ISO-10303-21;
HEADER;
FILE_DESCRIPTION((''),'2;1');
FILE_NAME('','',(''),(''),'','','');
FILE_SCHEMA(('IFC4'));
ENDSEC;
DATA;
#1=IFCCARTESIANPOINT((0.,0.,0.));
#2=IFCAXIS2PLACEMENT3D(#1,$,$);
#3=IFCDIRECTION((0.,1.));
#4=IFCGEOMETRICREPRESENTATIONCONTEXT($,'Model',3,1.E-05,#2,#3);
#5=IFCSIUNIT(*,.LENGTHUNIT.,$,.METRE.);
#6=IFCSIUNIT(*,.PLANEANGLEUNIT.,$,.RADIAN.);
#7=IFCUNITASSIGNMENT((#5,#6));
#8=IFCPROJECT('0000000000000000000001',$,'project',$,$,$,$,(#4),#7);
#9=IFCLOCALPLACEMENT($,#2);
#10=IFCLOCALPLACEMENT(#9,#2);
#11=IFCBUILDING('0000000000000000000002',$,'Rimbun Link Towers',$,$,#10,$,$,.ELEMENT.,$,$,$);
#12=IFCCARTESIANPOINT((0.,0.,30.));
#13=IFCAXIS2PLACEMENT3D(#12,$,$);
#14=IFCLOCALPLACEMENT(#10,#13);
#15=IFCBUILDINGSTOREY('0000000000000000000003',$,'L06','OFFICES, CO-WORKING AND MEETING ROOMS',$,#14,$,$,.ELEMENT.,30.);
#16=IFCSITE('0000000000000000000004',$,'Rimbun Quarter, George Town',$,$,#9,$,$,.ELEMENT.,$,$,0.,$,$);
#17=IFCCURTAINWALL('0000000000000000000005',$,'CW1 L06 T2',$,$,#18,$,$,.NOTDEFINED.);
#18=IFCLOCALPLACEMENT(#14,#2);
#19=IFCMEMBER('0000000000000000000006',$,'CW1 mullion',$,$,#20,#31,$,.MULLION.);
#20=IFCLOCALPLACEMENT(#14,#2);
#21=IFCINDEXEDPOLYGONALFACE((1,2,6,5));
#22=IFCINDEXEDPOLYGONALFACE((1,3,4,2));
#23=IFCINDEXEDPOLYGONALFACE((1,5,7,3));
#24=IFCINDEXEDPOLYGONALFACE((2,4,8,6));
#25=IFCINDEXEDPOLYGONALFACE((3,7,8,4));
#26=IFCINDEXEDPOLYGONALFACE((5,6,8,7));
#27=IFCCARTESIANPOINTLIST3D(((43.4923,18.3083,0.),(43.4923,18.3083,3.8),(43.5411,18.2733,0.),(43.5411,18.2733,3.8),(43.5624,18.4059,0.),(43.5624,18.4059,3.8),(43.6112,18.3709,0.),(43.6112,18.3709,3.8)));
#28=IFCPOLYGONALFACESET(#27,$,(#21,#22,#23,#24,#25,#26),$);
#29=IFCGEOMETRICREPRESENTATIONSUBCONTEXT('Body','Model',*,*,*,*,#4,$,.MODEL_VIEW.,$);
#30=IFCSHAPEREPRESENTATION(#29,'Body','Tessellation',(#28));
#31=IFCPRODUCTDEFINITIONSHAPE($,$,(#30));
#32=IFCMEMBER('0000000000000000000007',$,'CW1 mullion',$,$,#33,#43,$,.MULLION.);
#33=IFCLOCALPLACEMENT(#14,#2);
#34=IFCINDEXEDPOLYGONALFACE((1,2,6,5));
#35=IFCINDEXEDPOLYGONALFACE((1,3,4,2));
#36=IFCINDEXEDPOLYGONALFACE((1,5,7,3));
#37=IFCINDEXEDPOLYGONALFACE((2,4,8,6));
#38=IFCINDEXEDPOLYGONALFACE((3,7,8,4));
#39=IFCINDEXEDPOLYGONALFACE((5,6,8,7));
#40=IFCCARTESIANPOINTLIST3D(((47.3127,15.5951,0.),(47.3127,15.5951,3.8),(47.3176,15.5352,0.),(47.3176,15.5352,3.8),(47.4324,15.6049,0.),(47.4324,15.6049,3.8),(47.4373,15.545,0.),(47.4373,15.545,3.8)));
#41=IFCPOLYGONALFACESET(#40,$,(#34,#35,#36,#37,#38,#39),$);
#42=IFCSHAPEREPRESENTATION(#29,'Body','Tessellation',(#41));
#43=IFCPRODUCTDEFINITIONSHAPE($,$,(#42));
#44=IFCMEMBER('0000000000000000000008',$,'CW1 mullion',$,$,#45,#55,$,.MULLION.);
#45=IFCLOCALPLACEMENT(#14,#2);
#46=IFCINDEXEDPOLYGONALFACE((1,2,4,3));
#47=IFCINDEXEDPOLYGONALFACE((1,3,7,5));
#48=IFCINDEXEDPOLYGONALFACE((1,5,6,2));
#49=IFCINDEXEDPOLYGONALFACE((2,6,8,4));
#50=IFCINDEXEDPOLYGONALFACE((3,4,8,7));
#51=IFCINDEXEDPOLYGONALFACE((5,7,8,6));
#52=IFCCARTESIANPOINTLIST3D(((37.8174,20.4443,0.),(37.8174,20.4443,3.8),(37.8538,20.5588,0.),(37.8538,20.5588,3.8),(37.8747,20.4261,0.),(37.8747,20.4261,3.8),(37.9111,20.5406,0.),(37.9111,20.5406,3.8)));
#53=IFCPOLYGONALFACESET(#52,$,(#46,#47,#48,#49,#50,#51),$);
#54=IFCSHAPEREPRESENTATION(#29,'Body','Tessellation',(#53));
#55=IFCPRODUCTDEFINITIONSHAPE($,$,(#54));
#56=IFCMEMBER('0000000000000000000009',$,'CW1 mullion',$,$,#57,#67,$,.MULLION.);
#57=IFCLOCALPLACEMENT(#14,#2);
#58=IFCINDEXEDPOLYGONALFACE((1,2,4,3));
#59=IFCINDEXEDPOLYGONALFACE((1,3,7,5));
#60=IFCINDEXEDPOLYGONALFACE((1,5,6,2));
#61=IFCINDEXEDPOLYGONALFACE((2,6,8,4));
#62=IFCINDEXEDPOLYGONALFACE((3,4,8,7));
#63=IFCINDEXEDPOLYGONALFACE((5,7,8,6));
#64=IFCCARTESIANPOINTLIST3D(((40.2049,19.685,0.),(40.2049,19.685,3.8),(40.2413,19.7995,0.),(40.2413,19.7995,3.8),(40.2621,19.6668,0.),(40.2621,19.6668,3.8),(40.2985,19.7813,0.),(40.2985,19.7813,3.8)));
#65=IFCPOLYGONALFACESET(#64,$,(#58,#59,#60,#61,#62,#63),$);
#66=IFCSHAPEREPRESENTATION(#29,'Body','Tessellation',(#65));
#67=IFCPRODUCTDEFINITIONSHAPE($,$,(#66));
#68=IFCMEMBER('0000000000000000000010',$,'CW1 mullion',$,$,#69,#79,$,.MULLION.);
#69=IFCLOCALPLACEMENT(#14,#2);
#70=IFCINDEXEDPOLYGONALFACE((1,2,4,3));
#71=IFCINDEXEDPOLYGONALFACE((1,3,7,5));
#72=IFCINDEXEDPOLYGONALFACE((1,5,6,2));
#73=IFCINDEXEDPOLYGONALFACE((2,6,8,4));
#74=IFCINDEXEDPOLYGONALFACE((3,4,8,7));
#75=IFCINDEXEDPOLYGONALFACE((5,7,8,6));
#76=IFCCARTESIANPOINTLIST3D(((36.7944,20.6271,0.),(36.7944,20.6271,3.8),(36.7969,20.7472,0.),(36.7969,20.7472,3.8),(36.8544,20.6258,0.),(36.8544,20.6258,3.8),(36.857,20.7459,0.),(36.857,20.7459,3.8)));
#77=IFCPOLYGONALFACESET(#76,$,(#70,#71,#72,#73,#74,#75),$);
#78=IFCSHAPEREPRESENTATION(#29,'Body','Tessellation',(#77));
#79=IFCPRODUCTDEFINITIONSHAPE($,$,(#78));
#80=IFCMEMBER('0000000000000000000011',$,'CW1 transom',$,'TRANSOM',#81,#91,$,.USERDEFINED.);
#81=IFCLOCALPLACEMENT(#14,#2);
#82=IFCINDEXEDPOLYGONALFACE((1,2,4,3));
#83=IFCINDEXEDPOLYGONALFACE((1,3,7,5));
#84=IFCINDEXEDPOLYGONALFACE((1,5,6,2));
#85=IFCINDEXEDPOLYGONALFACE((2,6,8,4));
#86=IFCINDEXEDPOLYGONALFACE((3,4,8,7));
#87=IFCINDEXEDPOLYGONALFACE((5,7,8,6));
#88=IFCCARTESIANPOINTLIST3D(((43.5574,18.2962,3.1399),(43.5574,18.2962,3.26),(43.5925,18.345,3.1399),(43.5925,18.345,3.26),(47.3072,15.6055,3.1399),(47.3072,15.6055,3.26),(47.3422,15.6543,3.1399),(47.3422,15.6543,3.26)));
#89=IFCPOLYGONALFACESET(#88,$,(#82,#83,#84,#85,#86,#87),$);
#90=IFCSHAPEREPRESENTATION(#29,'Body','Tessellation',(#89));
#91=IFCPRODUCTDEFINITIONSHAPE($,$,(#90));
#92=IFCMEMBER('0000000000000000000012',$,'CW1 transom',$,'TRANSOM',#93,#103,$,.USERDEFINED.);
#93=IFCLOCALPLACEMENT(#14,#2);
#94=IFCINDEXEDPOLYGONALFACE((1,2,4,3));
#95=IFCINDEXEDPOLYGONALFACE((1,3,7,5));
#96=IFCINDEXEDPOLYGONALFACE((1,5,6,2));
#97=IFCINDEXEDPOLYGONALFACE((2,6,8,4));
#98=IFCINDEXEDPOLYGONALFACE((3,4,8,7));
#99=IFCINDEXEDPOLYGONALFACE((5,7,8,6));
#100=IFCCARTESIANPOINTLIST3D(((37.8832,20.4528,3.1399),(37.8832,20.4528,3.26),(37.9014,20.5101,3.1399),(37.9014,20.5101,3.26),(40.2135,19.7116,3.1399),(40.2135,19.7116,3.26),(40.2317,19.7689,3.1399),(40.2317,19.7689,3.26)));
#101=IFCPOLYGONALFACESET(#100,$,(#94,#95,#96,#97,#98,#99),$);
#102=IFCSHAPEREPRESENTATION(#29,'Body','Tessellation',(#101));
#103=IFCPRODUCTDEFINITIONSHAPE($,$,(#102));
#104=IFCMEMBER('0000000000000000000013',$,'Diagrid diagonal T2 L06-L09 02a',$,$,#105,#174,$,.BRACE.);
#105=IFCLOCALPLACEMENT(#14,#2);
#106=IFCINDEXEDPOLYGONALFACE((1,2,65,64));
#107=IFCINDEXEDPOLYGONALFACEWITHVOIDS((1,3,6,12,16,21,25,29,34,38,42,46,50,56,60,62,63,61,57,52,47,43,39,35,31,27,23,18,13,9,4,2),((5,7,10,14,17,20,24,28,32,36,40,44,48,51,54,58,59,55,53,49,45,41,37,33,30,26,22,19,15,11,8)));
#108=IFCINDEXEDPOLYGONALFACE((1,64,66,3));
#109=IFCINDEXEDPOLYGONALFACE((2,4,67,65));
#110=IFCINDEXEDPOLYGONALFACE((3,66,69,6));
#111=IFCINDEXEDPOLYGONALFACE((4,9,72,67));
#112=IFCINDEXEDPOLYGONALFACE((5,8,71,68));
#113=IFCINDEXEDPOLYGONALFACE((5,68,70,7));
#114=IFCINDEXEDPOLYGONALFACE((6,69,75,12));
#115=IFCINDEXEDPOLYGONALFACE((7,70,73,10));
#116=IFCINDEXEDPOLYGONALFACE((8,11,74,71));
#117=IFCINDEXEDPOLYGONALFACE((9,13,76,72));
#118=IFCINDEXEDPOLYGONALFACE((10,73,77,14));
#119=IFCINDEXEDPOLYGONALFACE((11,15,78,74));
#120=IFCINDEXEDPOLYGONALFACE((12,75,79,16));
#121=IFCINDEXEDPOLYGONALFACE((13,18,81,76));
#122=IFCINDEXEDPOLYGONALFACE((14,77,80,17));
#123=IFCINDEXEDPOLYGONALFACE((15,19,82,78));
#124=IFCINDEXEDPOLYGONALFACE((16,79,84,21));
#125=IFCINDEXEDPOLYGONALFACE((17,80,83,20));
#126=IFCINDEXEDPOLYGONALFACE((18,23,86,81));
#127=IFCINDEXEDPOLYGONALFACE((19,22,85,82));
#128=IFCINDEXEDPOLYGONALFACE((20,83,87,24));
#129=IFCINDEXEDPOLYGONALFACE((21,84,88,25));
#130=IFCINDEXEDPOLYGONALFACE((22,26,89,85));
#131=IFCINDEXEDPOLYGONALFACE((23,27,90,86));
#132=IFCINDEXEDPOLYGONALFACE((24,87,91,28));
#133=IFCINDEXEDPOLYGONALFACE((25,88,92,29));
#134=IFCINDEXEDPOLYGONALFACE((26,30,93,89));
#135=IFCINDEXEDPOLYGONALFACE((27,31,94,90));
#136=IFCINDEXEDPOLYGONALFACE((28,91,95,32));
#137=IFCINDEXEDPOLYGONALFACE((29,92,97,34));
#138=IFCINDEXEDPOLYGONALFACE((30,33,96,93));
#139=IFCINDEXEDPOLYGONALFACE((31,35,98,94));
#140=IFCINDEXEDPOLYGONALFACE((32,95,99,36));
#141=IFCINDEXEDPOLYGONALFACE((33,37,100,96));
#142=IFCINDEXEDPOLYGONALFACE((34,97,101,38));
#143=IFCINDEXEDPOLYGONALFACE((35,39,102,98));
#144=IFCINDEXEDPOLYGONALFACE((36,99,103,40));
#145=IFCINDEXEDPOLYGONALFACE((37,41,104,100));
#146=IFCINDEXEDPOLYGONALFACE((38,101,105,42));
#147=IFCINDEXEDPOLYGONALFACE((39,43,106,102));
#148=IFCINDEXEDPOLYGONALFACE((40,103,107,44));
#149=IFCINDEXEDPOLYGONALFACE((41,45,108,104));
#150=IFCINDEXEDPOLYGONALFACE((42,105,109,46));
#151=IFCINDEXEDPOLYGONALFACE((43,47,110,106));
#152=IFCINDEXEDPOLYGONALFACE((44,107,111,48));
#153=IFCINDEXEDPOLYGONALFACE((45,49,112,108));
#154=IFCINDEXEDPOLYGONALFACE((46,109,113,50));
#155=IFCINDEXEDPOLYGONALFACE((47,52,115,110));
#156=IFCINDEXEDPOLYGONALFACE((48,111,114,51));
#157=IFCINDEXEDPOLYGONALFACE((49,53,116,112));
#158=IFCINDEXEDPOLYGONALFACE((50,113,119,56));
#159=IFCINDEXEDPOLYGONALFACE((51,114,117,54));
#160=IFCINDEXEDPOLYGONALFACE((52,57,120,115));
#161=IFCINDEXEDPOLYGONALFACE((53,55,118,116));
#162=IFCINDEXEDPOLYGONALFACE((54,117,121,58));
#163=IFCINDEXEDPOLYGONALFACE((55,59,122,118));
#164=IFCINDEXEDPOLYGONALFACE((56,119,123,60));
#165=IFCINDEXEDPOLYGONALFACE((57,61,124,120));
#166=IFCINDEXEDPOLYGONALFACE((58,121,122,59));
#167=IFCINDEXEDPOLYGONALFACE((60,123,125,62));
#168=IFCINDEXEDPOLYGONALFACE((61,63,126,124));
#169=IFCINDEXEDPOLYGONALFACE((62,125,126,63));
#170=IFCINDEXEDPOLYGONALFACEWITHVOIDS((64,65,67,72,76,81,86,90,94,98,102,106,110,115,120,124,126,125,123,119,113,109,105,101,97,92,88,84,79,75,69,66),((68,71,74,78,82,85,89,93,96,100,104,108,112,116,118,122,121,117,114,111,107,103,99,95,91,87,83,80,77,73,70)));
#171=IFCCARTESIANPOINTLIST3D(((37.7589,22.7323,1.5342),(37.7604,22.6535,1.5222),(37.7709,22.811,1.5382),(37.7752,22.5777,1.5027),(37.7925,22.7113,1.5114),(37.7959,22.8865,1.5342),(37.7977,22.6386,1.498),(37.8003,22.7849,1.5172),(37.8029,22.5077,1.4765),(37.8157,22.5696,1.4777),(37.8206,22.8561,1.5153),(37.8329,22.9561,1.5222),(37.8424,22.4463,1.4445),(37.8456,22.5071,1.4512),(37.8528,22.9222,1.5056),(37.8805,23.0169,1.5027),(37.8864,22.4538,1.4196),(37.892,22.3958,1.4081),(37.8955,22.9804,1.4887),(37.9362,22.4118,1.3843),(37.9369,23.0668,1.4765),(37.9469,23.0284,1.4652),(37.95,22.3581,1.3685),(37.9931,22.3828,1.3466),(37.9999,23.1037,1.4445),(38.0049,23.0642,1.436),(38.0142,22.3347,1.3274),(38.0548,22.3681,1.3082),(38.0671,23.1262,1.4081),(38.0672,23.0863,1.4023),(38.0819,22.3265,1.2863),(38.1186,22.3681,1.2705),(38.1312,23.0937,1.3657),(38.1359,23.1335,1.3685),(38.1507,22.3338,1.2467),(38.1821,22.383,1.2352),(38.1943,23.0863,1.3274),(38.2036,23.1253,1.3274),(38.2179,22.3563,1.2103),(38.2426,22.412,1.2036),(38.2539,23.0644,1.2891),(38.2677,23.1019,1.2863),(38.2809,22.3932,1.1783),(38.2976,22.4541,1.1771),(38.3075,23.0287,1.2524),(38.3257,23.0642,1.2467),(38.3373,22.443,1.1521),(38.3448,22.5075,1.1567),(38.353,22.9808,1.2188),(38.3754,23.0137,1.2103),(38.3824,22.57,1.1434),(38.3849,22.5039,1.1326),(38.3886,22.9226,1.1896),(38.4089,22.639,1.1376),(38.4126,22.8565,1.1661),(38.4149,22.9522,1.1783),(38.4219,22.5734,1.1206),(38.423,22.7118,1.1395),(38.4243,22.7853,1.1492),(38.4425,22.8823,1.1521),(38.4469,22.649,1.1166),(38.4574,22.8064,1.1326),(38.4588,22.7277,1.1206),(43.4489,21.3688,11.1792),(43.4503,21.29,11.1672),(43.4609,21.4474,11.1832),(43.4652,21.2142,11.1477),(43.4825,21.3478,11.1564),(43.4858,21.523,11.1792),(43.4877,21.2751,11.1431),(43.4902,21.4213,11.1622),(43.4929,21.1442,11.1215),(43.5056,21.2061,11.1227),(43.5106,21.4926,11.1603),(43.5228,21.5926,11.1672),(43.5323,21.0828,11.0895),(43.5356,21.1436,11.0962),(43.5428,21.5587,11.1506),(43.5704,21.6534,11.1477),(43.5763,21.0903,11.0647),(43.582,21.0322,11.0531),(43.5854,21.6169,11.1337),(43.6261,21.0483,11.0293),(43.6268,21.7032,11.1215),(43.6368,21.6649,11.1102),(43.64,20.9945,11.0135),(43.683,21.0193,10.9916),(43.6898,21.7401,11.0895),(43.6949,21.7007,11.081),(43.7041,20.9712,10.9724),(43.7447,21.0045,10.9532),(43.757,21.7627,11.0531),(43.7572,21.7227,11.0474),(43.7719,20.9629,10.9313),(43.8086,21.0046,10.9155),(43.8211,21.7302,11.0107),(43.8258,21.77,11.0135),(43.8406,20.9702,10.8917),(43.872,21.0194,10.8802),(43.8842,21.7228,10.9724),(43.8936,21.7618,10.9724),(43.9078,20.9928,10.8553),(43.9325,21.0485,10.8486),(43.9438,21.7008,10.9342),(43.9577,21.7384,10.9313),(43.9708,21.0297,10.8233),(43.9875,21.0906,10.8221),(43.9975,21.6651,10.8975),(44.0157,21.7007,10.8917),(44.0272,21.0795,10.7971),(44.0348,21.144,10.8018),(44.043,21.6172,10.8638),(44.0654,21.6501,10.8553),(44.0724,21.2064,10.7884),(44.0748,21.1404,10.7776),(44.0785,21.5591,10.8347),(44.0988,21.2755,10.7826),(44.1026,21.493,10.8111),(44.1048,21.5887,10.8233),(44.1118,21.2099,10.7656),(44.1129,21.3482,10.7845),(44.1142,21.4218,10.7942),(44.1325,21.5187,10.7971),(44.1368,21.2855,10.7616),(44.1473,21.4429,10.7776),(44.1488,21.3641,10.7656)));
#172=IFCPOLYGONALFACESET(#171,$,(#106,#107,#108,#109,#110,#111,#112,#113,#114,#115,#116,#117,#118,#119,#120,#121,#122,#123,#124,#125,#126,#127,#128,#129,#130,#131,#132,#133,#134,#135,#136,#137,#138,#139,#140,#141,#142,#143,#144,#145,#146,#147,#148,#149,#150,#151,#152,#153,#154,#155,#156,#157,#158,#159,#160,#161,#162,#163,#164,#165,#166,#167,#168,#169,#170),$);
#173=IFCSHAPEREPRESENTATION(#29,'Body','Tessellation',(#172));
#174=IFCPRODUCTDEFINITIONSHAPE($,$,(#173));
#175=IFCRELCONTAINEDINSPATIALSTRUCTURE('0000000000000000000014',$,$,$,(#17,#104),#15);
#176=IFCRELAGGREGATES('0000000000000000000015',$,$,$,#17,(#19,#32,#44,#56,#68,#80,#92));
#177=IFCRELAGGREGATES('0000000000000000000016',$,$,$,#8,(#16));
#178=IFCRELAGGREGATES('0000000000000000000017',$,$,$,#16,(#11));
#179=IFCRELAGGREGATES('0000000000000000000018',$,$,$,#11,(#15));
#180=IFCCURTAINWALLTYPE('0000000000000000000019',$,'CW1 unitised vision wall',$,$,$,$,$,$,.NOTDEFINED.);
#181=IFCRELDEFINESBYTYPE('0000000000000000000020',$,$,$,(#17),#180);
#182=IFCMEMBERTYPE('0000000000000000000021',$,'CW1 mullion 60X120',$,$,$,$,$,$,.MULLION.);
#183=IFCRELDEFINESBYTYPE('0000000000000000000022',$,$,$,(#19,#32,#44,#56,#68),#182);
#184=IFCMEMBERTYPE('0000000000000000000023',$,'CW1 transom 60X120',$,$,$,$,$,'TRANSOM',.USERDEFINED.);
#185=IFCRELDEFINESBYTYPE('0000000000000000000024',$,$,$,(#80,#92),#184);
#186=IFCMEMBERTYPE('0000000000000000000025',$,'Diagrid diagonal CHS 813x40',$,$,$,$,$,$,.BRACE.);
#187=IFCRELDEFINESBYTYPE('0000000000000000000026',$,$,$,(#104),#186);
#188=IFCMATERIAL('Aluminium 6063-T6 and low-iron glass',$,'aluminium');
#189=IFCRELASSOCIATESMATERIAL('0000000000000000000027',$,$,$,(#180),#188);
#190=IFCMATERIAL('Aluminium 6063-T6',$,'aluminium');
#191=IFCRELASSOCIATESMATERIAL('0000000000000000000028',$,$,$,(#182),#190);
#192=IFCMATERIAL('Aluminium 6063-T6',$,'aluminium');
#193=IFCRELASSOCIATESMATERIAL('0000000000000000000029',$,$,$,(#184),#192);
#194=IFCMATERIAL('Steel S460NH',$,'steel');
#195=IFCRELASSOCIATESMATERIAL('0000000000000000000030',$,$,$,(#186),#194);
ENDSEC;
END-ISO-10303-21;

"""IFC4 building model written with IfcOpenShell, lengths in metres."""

from ifc_helpers import new_model, si_unit, direction, frame, origin, origin_2d, place, context, subcontext, project, spatial, rectangle, hollow_circle, extrude, material, material_profile, profile_set, type_object, element, aggregate, save


model = new_model("IFC4")

# Units and contexts
model_context = context("Model", 3, precision=1e-05, world=origin(), true_north=direction((0.0, 1.0)))
body_context = subcontext(model_context, "Body", "Model", "MODEL_VIEW")
ifc_project = project(units=[si_unit("LENGTHUNIT", "METRE"), si_unit("PLANEANGLEUNIT", "RADIAN")], contexts=[model_context])

# Site, building, storey
site_placement = place(None, origin())
site = spatial("IfcSite", under=ifc_project, at=site_placement, Name="Rimbun Quarter, George Town", CompositionType="ELEMENT", RefElevation=0.0)
building_placement = place(site_placement, origin())
building = spatial("IfcBuilding", under=site, at=building_placement, Name="Rimbun Link Towers", CompositionType="ELEMENT")
storey_placement = place(building_placement, frame((0.0, 0.0, 30.0)))
storey = spatial("IfcBuildingStorey", under=building, at=storey_placement, Name="L06", Description="OFFICES, CO-WORKING AND MEETING ROOMS", CompositionType="ELEMENT", Elevation=30.0)

# Curtain wall, members
ifc_material_1 = material(Name="Aluminium 6063-T6 and low-iron glass", Category="aluminium")
curtain_wall_type = type_object("IfcCurtainWallType", Name="CW1 unitised vision wall", PredefinedType="NOTDEFINED", material=ifc_material_1)
curtain_wall_placement = place(storey_placement, origin())
curtain_wall = element("IfcCurtainWall", 1, at=curtain_wall_placement, inside=storey, type_object=curtain_wall_type, Name="CW1 L06 T2", PredefinedType="NOTDEFINED")
ifc_material_2 = material(Name="Aluminium 6063-T6", Category="aluminium")
ifc_material_profile_1 = material_profile(ifc_material_2, rectangle(XDim=0.1201, YDim=0.0601, at=origin_2d()), Name="MULLION 60X120")
ifc_profile_set_1 = profile_set([ifc_material_profile_1], Name="Aluminium 6063-T6")
member_type_1 = type_object("IfcMemberType", Name="CW1 mullion 60X120", PredefinedType="MULLION", material=ifc_profile_set_1)
member_1_placement = place(storey_placement, frame((43.5518, 18.3396, 0.0), z_axis=(0.0, 0.0, 1.0), x_axis=(0.582998, 0.812474, 0.0)))
member_1 = element("IfcMember", 2, at=member_1_placement, type_object=member_type_1, Name="CW1 mullion", PredefinedType="MULLION", context=body_context, shape_type="SweptSolid", body=[
    extrude(rectangle(XDim=0.1201, YDim=0.0601, at=origin_2d()), origin(), (0.0, 0.0, 1.0), 3.8),
])
member_2_placement = place(storey_placement, frame((47.375, 15.5701, 0.0), z_axis=(0.0, 0.0, 1.0), x_axis=(0.996681, 0.081402, 0.0)))
member_2 = element("IfcMember", 3, at=member_2_placement, type_object=member_type_1, Name="CW1 mullion", PredefinedType="MULLION", context=body_context, shape_type="SweptSolid", body=[
    extrude(rectangle(XDim=0.1201, YDim=0.0601, at=origin_2d()), origin(), (0.0, 0.0, 1.0), 3.8),
])
member_3_placement = place(storey_placement, frame((37.8643, 20.4924, 0.0), z_axis=(0.0, 0.0, 1.0), x_axis=(0.303074, 0.952967, 0.0)))
member_3 = element("IfcMember", 4, at=member_3_placement, type_object=member_type_1, Name="CW1 mullion", PredefinedType="MULLION", context=body_context, shape_type="SweptSolid", body=[
    extrude(rectangle(XDim=0.1201, YDim=0.0601, at=origin_2d()), origin(), (0.0, 0.0, 1.0), 3.8),
])
member_4_placement = place(storey_placement, frame((40.2517, 19.7332, 0.0), z_axis=(0.0, 0.0, 1.0), x_axis=(0.303074, 0.952967, 0.0)))
member_4 = element("IfcMember", 5, at=member_4_placement, type_object=member_type_1, Name="CW1 mullion", PredefinedType="MULLION", context=body_context, shape_type="SweptSolid", body=[
    extrude(rectangle(XDim=0.1201, YDim=0.0601, at=origin_2d()), origin(), (0.0, 0.0, 1.0), 3.8),
])
member_5_placement = place(storey_placement, frame((36.8257, 20.6865, 0.0), z_axis=(0.0, 0.0, 1.0), x_axis=(0.021066, 0.999778, 0.0)))
member_5 = element("IfcMember", 6, at=member_5_placement, type_object=member_type_1, Name="CW1 mullion", PredefinedType="MULLION", context=body_context, shape_type="SweptSolid", body=[
    extrude(rectangle(XDim=0.1201, YDim=0.0601, at=origin_2d()), origin(), (0.0, 0.0, 1.0), 3.8),
])
ifc_material_3 = material(Name="Aluminium 6063-T6", Category="aluminium")
ifc_material_profile_2 = material_profile(ifc_material_3, rectangle(XDim=0.0601, YDim=0.1201, at=origin_2d()), Name="TRANSOM 60X120")
ifc_profile_set_2 = profile_set([ifc_material_profile_2], Name="Aluminium 6063-T6")
member_type_2 = type_object("IfcMemberType", Name="CW1 transom 60X120", ElementType="TRANSOM", PredefinedType="USERDEFINED", material=ifc_profile_set_2)
member_6_placement = place(storey_placement, frame((43.575, 18.3206, 3.2), z_axis=(0.812473, -0.582998, 0.0), x_axis=(0.582998, 0.812473, 0.0)))
member_6 = element("IfcMember", 7, at=member_6_placement, type_object=member_type_2, Name="CW1 transom", ObjectType="TRANSOM", PredefinedType="USERDEFINED", context=body_context, shape_type="SweptSolid", body=[
    extrude(rectangle(XDim=0.0601, YDim=0.1201, at=origin_2d()), origin(), (0.0, 0.0, 1.0), 4.6152),
])
member_7_placement = place(storey_placement, frame((37.8923, 20.4814, 3.2), z_axis=(0.952956, -0.303109, 0.0), x_axis=(0.303109, 0.952956, 0.0)))
member_7 = element("IfcMember", 8, at=member_7_placement, type_object=member_type_2, Name="CW1 transom", ObjectType="TRANSOM", PredefinedType="USERDEFINED", context=body_context, shape_type="SweptSolid", body=[
    extrude(rectangle(XDim=0.0601, YDim=0.1201, at=origin_2d()), origin(), (0.0, 0.0, 1.0), 2.4453),
])

# Member
ifc_material_4 = material(Name="Steel S460NH", Category="steel")
ifc_material_profile_3 = material_profile(ifc_material_4, hollow_circle(Radius=0.4065, WallThickness=0.04, at=origin_2d()), Name="Diagrid diagonal CHS 813x40")
ifc_profile_set_3 = profile_set([ifc_material_profile_3], Name="Steel S460NH")
member_type_3 = type_object("IfcMemberType", Name="Diagrid diagonal CHS 813x40", PredefinedType="BRACE", material=ifc_profile_set_3)
member_8_placement = place(storey_placement, frame((38.1089, 22.73, 1.3274), z_axis=(0.504383, -0.120869, 0.854979), x_axis=(0.23304, 0.972467, 0.0)))
element("IfcMember", 9, at=member_8_placement, inside=storey, type_object=member_type_3, Name="Diagrid diagonal T2 L06-L09 02a", PredefinedType="BRACE", context=body_context, shape_type="SweptSolid", body=[
    extrude(hollow_circle(Radius=0.4065, WallThickness=0.04, at=origin_2d()), origin(), (0.0, 0.0, 1.0), 11.281),
])

aggregate(curtain_wall, [member_1, member_2, member_3, member_4, member_5, member_6, member_7])

save(model, "model.ifc")
